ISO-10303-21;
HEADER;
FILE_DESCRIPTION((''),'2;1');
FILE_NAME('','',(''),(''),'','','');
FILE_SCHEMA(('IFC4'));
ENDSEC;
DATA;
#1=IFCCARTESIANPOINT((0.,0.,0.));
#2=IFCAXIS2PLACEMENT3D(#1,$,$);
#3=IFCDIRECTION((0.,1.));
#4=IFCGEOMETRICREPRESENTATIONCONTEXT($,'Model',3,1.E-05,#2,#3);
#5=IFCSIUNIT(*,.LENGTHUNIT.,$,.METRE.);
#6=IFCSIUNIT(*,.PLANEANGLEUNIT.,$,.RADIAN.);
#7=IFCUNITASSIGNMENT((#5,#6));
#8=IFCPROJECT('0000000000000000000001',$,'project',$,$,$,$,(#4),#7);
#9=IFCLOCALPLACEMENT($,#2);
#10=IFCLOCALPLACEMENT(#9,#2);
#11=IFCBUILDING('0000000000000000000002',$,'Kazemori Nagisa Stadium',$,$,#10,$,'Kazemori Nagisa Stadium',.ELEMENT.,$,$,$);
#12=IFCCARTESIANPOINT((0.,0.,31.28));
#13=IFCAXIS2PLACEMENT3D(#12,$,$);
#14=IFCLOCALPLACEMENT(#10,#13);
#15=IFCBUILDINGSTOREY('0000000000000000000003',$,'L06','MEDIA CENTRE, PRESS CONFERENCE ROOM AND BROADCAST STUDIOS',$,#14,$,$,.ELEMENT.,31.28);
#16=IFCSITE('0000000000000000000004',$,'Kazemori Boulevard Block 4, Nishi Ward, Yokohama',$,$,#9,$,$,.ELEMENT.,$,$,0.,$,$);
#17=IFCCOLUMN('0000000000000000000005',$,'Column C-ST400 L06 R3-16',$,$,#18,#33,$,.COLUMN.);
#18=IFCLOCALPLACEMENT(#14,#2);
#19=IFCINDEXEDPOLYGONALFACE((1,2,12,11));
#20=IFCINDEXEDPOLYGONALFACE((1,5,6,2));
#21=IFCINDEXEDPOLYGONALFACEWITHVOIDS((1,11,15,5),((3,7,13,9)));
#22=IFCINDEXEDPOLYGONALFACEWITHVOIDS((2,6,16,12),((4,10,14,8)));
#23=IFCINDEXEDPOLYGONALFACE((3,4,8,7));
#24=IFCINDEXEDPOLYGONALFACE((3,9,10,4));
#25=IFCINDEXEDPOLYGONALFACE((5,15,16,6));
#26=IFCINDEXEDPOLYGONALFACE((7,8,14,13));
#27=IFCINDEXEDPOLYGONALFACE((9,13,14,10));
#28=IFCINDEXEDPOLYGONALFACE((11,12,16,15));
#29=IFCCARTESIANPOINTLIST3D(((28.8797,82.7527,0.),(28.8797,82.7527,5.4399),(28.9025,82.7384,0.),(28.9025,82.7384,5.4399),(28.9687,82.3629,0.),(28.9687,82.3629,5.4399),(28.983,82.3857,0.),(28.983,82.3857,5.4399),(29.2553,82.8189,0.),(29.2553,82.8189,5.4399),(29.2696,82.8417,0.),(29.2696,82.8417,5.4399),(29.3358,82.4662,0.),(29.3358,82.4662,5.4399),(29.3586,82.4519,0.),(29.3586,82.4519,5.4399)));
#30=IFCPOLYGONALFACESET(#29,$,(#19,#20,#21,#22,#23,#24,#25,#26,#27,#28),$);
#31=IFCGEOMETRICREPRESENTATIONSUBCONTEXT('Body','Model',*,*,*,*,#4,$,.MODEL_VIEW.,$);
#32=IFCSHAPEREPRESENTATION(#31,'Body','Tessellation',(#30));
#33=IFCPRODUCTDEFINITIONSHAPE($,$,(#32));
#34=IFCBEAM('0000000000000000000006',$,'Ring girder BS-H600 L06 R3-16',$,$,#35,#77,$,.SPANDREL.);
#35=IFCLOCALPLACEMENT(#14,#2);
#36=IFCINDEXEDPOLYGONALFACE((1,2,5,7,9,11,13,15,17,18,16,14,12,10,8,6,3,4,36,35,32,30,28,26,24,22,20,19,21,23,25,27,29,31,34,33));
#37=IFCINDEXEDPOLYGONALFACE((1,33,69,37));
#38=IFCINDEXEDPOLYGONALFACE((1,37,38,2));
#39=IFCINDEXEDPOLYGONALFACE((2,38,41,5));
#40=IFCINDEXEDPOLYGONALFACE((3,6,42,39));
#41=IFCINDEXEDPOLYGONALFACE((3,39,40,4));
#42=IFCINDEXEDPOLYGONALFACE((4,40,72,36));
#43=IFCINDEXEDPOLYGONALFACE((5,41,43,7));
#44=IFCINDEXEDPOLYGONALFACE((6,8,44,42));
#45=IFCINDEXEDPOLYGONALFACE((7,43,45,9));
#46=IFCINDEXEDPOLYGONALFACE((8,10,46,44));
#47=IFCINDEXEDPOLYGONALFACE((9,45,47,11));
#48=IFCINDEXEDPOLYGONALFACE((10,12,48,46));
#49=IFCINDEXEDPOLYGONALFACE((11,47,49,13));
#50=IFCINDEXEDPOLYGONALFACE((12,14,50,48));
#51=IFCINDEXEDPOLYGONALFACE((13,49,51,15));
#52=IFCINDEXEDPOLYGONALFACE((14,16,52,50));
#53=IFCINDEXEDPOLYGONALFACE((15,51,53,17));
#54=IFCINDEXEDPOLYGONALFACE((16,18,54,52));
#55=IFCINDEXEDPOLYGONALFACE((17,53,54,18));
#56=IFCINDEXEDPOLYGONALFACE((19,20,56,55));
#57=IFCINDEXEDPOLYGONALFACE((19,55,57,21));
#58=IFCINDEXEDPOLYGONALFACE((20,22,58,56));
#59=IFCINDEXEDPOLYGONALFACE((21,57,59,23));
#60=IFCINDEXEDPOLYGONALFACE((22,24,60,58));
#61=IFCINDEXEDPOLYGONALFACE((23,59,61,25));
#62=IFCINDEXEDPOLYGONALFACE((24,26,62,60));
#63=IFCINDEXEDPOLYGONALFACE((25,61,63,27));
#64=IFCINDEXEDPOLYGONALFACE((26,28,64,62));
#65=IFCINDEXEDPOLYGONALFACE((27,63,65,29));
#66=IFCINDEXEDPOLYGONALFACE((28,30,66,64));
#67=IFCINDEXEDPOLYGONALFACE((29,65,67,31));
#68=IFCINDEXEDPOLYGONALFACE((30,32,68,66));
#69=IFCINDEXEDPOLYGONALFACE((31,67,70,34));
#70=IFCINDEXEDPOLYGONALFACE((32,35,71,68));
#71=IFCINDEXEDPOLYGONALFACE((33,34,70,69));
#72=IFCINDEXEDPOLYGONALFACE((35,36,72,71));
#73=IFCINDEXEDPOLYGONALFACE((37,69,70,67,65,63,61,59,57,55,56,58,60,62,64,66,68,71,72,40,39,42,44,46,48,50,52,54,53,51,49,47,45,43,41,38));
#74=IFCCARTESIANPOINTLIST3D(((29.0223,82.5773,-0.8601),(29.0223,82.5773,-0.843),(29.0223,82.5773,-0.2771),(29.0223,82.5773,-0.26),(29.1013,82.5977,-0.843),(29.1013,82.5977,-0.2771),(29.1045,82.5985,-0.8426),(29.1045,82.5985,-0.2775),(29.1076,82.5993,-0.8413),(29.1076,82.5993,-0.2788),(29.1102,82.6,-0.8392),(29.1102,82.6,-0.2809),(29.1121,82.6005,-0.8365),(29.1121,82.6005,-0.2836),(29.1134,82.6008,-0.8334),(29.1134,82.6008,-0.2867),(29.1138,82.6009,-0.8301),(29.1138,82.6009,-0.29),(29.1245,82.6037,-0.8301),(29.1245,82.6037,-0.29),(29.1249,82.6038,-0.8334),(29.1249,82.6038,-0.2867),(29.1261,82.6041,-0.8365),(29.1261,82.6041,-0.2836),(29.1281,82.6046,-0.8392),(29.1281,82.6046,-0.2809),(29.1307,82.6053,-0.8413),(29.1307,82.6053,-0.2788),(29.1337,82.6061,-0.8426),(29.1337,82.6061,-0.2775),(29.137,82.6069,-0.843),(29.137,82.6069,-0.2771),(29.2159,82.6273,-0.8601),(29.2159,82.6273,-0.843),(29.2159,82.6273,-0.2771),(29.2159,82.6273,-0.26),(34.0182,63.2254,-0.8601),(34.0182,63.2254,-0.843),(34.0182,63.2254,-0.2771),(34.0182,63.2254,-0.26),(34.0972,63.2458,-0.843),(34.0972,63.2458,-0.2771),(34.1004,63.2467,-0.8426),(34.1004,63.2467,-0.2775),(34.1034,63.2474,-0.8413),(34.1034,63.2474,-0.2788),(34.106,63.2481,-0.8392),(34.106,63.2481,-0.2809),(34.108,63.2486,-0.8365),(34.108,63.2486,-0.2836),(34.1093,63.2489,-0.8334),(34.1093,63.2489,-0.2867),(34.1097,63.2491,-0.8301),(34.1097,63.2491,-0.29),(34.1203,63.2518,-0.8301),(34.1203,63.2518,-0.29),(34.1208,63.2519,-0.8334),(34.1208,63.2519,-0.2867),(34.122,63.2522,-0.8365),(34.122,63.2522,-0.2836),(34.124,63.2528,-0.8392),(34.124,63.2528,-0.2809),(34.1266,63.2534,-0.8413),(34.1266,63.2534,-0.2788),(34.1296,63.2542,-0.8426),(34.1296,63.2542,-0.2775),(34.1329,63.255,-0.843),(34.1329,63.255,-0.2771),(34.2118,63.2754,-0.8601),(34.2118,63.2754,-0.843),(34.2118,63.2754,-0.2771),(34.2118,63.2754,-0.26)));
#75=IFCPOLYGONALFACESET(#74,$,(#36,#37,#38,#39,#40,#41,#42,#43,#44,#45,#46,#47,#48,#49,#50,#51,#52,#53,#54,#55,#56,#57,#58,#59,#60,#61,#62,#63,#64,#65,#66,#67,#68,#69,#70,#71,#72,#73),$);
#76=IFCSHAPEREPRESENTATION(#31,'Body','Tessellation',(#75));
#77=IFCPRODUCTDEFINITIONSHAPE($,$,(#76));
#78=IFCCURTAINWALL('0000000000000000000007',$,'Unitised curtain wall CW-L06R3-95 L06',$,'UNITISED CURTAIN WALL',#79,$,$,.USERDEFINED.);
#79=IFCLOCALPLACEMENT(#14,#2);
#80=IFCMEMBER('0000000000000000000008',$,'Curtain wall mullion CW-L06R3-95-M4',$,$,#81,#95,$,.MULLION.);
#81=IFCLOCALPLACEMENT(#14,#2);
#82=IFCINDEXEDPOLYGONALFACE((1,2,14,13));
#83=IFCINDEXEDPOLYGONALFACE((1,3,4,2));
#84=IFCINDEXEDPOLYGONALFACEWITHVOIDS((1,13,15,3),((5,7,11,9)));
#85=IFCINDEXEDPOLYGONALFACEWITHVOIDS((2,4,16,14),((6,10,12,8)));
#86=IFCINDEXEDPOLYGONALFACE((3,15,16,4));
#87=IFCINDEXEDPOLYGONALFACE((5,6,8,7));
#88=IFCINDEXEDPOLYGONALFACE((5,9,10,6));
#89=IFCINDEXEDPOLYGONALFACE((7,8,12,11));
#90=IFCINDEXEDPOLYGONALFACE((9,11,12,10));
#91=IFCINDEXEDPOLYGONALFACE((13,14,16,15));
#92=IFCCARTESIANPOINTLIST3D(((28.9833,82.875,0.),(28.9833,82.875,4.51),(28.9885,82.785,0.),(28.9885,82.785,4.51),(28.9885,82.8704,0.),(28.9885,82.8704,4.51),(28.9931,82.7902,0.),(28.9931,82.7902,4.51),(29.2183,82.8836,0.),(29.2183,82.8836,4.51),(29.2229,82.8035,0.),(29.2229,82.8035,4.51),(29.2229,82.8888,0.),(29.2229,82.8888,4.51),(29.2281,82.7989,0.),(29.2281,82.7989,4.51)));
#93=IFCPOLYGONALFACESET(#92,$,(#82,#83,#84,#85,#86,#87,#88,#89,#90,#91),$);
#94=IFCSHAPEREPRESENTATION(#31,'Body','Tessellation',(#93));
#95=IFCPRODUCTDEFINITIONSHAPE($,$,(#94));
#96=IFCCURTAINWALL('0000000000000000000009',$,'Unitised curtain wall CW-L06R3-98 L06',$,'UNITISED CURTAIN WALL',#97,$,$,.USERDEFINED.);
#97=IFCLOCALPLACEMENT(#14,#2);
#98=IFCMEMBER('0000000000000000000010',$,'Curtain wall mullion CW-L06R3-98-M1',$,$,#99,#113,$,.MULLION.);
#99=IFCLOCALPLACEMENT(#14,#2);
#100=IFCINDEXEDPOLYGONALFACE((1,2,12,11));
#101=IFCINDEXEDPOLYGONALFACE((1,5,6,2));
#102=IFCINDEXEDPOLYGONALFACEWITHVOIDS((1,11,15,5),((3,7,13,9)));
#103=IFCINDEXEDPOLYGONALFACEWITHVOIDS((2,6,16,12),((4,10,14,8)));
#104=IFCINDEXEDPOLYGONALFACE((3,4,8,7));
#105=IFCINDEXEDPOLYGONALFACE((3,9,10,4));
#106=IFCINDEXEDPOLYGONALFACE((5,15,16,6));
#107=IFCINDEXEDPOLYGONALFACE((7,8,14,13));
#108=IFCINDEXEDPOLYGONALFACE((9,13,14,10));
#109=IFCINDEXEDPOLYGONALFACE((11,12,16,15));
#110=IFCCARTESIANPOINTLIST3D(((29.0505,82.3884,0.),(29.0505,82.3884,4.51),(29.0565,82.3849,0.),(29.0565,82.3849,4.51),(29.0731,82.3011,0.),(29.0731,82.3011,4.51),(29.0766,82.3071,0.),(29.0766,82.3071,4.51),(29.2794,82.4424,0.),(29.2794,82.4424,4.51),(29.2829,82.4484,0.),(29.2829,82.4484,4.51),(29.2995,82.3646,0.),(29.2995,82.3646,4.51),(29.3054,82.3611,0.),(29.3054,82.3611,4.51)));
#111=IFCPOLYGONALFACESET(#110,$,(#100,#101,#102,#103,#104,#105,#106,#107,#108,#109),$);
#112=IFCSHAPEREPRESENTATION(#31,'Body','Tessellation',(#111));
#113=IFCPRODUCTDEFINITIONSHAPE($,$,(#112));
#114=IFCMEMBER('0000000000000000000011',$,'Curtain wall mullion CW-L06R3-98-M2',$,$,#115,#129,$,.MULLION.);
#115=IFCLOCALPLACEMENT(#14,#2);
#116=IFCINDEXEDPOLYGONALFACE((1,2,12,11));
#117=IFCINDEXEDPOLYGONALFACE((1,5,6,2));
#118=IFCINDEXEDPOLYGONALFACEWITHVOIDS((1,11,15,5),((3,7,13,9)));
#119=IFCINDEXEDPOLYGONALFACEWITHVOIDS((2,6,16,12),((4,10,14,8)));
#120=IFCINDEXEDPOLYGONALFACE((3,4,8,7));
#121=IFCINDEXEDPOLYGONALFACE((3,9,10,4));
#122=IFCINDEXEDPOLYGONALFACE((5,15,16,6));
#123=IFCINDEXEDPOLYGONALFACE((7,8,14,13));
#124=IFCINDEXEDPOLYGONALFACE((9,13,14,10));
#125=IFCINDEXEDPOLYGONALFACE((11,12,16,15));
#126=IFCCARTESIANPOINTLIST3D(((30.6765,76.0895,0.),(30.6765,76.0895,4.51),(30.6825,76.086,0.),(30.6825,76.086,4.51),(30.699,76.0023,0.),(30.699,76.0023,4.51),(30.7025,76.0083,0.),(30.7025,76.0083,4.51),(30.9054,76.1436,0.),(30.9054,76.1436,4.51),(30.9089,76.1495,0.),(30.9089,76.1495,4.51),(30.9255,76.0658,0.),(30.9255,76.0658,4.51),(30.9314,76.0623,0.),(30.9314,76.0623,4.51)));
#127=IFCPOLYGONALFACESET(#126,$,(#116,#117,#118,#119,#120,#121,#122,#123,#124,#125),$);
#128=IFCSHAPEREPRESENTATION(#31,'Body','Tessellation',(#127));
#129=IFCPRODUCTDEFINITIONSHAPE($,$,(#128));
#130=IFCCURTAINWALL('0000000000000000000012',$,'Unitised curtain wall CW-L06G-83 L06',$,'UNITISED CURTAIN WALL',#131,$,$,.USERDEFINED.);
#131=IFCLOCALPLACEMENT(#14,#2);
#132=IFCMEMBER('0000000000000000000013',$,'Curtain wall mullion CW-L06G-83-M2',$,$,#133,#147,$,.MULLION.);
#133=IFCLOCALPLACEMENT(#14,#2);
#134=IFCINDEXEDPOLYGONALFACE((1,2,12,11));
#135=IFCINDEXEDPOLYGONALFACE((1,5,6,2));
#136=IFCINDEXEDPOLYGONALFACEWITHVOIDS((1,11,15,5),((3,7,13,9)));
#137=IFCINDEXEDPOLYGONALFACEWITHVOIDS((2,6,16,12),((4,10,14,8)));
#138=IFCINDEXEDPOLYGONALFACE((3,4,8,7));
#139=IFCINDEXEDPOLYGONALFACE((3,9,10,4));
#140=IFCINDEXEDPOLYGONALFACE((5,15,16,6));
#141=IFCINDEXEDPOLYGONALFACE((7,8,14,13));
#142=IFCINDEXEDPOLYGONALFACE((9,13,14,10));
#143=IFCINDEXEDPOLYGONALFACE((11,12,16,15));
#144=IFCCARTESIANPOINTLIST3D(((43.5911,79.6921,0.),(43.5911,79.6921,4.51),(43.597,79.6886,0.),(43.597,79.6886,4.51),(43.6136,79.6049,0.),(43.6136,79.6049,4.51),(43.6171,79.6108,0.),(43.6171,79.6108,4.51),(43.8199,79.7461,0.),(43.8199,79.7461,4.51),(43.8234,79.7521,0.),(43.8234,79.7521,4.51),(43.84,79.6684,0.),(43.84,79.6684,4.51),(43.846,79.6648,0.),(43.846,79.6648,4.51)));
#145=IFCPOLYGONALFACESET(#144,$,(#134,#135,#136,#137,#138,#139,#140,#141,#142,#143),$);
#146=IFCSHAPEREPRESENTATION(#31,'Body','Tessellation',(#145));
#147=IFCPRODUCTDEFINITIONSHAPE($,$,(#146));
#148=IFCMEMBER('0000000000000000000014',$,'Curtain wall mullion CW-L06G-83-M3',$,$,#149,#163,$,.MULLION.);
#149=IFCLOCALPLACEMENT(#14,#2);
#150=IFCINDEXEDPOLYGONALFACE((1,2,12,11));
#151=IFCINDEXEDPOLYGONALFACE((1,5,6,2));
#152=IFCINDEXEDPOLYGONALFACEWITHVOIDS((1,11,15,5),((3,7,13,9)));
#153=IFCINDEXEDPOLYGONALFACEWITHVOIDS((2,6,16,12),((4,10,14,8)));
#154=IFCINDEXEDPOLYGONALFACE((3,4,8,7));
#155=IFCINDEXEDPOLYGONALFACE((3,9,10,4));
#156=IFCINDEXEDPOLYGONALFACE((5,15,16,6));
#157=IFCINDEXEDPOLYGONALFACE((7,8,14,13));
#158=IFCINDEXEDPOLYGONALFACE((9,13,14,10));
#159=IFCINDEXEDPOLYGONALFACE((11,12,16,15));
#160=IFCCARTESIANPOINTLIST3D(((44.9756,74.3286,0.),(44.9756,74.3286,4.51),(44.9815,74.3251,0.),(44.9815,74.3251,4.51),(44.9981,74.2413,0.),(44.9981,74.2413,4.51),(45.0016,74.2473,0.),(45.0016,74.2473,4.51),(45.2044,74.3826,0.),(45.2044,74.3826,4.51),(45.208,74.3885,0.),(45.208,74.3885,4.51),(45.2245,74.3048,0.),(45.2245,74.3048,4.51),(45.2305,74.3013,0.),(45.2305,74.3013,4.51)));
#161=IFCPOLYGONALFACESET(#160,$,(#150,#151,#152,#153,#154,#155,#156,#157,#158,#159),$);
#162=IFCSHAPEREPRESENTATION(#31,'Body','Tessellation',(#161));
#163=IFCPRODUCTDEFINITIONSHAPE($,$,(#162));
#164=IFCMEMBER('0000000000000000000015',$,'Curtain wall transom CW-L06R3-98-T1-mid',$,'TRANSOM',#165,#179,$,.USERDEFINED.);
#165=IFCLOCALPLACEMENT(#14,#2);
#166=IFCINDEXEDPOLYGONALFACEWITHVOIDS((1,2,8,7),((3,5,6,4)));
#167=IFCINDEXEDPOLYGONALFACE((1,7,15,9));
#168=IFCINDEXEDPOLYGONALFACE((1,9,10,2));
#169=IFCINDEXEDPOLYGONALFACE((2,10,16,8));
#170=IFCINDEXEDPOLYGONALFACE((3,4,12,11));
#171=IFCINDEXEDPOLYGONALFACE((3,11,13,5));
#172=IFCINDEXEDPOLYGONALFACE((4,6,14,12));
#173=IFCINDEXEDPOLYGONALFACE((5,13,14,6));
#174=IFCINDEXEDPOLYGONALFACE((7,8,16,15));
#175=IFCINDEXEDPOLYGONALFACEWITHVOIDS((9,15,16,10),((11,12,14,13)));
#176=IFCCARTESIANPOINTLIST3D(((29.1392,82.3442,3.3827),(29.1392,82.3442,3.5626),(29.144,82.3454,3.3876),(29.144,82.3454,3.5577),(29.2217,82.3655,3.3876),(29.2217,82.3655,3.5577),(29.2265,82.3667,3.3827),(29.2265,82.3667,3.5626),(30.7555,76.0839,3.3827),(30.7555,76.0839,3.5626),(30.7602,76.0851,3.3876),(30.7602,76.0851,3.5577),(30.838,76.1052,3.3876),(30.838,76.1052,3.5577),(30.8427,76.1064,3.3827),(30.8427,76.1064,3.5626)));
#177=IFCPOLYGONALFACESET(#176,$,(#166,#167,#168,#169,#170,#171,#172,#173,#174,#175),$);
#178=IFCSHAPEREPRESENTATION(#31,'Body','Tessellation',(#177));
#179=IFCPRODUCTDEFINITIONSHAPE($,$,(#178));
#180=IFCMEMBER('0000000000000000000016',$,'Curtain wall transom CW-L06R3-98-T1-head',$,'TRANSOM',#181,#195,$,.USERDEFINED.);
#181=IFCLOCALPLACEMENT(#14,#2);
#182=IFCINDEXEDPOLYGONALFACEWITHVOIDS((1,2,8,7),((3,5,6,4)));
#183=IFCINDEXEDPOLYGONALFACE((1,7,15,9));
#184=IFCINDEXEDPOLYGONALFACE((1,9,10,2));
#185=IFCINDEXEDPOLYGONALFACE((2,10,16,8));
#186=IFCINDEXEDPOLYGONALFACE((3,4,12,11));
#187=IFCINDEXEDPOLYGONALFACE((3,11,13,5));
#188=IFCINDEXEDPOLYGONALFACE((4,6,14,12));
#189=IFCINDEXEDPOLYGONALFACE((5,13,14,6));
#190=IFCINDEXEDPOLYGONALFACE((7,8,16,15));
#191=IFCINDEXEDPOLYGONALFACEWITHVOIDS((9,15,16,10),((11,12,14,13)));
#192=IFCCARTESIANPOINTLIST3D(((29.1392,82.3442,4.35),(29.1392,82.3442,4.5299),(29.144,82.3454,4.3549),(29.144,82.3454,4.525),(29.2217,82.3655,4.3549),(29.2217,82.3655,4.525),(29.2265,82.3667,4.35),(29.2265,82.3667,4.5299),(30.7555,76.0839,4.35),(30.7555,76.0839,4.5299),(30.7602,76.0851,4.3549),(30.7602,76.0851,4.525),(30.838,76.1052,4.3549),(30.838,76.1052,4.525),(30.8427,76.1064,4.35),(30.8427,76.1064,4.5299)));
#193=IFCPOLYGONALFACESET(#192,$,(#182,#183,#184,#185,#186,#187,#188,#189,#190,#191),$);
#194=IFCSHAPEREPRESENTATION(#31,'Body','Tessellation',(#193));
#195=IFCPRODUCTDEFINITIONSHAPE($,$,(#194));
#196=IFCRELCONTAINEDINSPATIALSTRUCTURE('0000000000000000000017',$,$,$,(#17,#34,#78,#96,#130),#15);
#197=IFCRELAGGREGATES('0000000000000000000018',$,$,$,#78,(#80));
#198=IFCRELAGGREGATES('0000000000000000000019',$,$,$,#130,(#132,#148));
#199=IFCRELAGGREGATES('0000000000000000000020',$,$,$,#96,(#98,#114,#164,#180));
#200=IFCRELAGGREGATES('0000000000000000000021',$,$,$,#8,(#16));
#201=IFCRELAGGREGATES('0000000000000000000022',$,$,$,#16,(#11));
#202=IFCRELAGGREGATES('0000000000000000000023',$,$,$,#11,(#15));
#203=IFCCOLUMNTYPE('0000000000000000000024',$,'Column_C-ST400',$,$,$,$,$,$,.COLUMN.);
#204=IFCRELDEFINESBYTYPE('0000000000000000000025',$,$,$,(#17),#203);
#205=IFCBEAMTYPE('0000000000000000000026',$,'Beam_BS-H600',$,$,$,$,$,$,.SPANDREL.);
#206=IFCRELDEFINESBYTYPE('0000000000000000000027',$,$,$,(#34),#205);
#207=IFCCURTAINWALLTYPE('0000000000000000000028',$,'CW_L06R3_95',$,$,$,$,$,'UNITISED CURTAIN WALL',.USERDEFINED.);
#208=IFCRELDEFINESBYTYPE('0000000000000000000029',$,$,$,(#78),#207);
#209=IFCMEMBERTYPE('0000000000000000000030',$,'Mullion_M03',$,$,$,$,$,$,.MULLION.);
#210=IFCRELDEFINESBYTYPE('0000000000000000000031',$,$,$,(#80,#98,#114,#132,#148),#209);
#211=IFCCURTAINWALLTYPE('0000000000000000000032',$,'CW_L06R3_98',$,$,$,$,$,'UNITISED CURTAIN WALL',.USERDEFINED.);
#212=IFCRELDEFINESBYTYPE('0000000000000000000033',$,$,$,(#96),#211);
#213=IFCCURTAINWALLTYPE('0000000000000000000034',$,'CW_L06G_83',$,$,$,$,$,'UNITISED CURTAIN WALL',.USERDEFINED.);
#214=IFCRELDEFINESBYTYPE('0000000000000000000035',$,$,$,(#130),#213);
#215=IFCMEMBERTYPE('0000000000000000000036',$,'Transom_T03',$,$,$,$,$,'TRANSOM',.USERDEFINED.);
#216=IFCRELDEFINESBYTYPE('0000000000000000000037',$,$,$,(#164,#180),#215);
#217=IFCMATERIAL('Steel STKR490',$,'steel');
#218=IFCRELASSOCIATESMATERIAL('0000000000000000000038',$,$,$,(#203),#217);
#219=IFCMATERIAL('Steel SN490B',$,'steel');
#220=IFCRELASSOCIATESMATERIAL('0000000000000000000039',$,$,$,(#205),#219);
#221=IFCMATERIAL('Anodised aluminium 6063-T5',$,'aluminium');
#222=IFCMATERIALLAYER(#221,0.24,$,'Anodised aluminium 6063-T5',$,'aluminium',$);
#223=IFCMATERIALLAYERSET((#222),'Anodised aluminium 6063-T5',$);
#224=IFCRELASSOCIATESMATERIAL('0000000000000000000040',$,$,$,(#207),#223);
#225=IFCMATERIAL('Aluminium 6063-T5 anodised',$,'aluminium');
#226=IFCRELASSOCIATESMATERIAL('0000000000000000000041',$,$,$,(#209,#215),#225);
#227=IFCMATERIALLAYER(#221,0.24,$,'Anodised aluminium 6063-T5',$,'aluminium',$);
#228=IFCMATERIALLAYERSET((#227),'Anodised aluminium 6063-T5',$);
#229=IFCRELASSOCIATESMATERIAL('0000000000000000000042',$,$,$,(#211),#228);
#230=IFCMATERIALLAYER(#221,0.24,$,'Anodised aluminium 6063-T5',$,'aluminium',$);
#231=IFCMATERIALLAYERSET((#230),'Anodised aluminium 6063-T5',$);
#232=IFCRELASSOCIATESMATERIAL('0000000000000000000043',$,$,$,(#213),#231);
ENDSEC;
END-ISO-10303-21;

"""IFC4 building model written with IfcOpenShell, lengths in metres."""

from ifc_helpers import new_model, si_unit, direction, frame, origin, origin_2d, place, context, subcontext, project, spatial, hollow_rectangle, i_section, extrude, material, layer, layer_set, material_profile, profile_set, type_object, element, aggregate, save


model = new_model("IFC4")

# Units and contexts
model_context = context("Model", 3, precision=1e-05, world=origin(), true_north=direction((0.0, 1.0)))
body_context = subcontext(model_context, "Body", "Model", "MODEL_VIEW")
ifc_project = project(units=[si_unit("LENGTHUNIT", "METRE"), si_unit("PLANEANGLEUNIT", "RADIAN")], contexts=[model_context])

# Site, building, storey
site_placement = place(None, origin())
site = spatial("IfcSite", under=ifc_project, at=site_placement, Name="Kazemori Boulevard Block 4, Nishi Ward, Yokohama", CompositionType="ELEMENT", RefElevation=0.0)
building_placement = place(site_placement, origin())
building = spatial("IfcBuilding", under=site, at=building_placement, Name="Kazemori Nagisa Stadium", LongName="Kazemori Nagisa Stadium", CompositionType="ELEMENT")
storey_placement = place(building_placement, frame((0.0, 0.0, 31.28)))
storey = spatial("IfcBuildingStorey", under=building, at=storey_placement, Name="L06", Description="MEDIA CENTRE, PRESS CONFERENCE ROOM AND BROADCAST STUDIOS", CompositionType="ELEMENT", Elevation=31.28)

# Column
ifc_material_1 = material(Name="Steel STKR490", Category="steel")
ifc_material_profile_1 = material_profile(ifc_material_1, hollow_rectangle(XDim=0.3999, YDim=0.3999, WallThickness=0.019, at=origin_2d()), Name="SHS-400x400x19")
ifc_profile_set_1 = profile_set([ifc_material_profile_1], Name="Steel STKR490")
column_type = type_object("IfcColumnType", Name="Column_C-ST400", PredefinedType="COLUMN", material=ifc_profile_set_1)
column_placement = place(storey_placement, frame((29.1191, 82.6023, 0.0), z_axis=(0.0, 0.0, 1.0), x_axis=(-0.974928, -0.222521, 0.0)))
element("IfcColumn", 1, at=column_placement, inside=storey, type_object=column_type, Name="Column C-ST400 L06 R3-16", PredefinedType="COLUMN", context=body_context, shape_type="SweptSolid", body=[
    extrude(hollow_rectangle(XDim=0.3999, YDim=0.3999, WallThickness=0.019, at=origin_2d()), origin(), (0.0, 0.0, 1.0), 5.4399),
])

# Beam
ifc_material_2 = material(Name="Steel SN490B", Category="steel")
ifc_material_profile_2 = material_profile(ifc_material_2, i_section(OverallWidth=0.2, OverallDepth=0.6001, WebThickness=0.011, FlangeThickness=0.0171, FilletRadius=0.0129, at=origin_2d()), Name="H-600x200x11x17")
ifc_profile_set_2 = profile_set([ifc_material_profile_2], Name="Steel SN490B")
beam_type = type_object("IfcBeamType", Name="Beam_BS-H600", PredefinedType="SPANDREL", material=ifc_profile_set_2)
beam_placement = place(storey_placement, frame((29.1191, 82.6023, -0.5601), z_axis=(0.249964, -0.968255, 0.0), x_axis=(0.968255, 0.249964, 0.0)))
element("IfcBeam", 2, at=beam_placement, inside=storey, type_object=beam_type, Name="Ring girder BS-H600 L06 R3-16", PredefinedType="SPANDREL", context=body_context, shape_type="SweptSolid", body=[
    extrude(i_section(OverallWidth=0.2, OverallDepth=0.6001, WebThickness=0.011, FlangeThickness=0.0171, FilletRadius=0.0129, at=origin_2d()), origin(), (0.0, 0.0, 1.0), 19.9863),
])

# Curtain wall, member
ifc_material_3 = material(Name="Anodised aluminium 6063-T5", Category="aluminium")
ifc_layer_1 = layer(ifc_material_3, 0.24, Name="Anodised aluminium 6063-T5", Category="aluminium")
ifc_layer_set_1 = layer_set([ifc_layer_1], Name="Anodised aluminium 6063-T5")
curtain_wall_type_1 = type_object("IfcCurtainWallType", Name="CW_L06R3_95", ElementType="UNITISED CURTAIN WALL", PredefinedType="USERDEFINED", material=ifc_layer_set_1)
curtain_wall_1_placement = place(storey_placement, origin())
curtain_wall_1 = element("IfcCurtainWall", 3, at=curtain_wall_1_placement, inside=storey, type_object=curtain_wall_type_1, Name="Unitised curtain wall CW-L06R3-95 L06", ObjectType="UNITISED CURTAIN WALL", PredefinedType="USERDEFINED")
ifc_material_4 = material(Name="Aluminium 6063-T5 anodised", Category="aluminium")
ifc_material_profile_3 = material_profile(ifc_material_4, hollow_rectangle(XDim=0.0901, YDim=0.24, WallThickness=0.0049, at=origin_2d()), Name="ALU-MULL-90x240x5")
ifc_profile_set_3 = profile_set([ifc_material_profile_3], Name="Aluminium 6063-T5 anodised")
member_type_1 = type_object("IfcMemberType", Name="Mullion_M03", PredefinedType="MULLION", material=ifc_profile_set_3)
member_1_placement = place(storey_placement, frame((29.1057, 82.8369, 0.0), z_axis=(0.0, 0.0, 1.0), x_axis=(0.057602, -0.99834, 0.0)))
member_1 = element("IfcMember", 4, at=member_1_placement, type_object=member_type_1, Name="Curtain wall mullion CW-L06R3-95-M4", PredefinedType="MULLION", context=body_context, shape_type="SweptSolid", body=[
    extrude(hollow_rectangle(XDim=0.0901, YDim=0.24, WallThickness=0.0049, at=origin_2d()), origin(), (0.0, 0.0, 1.0), 4.51),
])
aggregate(curtain_wall_1, [member_1])

# Curtain walls, members
ifc_layer_2 = layer(ifc_material_3, 0.24, Name="Anodised aluminium 6063-T5", Category="aluminium")
ifc_layer_set_2 = layer_set([ifc_layer_2], Name="Anodised aluminium 6063-T5")
curtain_wall_type_2 = type_object("IfcCurtainWallType", Name="CW_L06R3_98", ElementType="UNITISED CURTAIN WALL", PredefinedType="USERDEFINED", material=ifc_layer_set_2)
curtain_wall_2_placement = place(storey_placement, origin())
curtain_wall_2 = element("IfcCurtainWall", 5, at=curtain_wall_2_placement, inside=storey, type_object=curtain_wall_type_2, Name="Unitised curtain wall CW-L06R3-98 L06", ObjectType="UNITISED CURTAIN WALL", PredefinedType="USERDEFINED")
member_2_placement = place(storey_placement, frame((29.178, 82.3748, 0.0), z_axis=(0.0, 0.0, 1.0), x_axis=(0.249965, -0.968255, 0.0)))
member_2 = element("IfcMember", 6, at=member_2_placement, type_object=member_type_1, Name="Curtain wall mullion CW-L06R3-98-M1", PredefinedType="MULLION", context=body_context, shape_type="SweptSolid", body=[
    extrude(hollow_rectangle(XDim=0.0901, YDim=0.24, WallThickness=0.0049, at=origin_2d()), origin(), (0.0, 0.0, 1.0), 4.51),
])
member_3_placement = place(storey_placement, frame((30.804, 76.0759, 0.0), z_axis=(0.0, 0.0, 1.0), x_axis=(0.249965, -0.968255, 0.0)))
member_3 = element("IfcMember", 7, at=member_3_placement, type_object=member_type_1, Name="Curtain wall mullion CW-L06R3-98-M2", PredefinedType="MULLION", context=body_context, shape_type="SweptSolid", body=[
    extrude(hollow_rectangle(XDim=0.0901, YDim=0.24, WallThickness=0.0049, at=origin_2d()), origin(), (0.0, 0.0, 1.0), 4.51),
])
ifc_layer_3 = layer(ifc_material_3, 0.24, Name="Anodised aluminium 6063-T5", Category="aluminium")
ifc_layer_set_3 = layer_set([ifc_layer_3], Name="Anodised aluminium 6063-T5")
curtain_wall_type_3 = type_object("IfcCurtainWallType", Name="CW_L06G_83", ElementType="UNITISED CURTAIN WALL", PredefinedType="USERDEFINED", material=ifc_layer_set_3)
curtain_wall_3_placement = place(storey_placement, origin())
curtain_wall_3 = element("IfcCurtainWall", 8, at=curtain_wall_3_placement, inside=storey, type_object=curtain_wall_type_3, Name="Unitised curtain wall CW-L06G-83 L06", ObjectType="UNITISED CURTAIN WALL", PredefinedType="USERDEFINED")
member_4_placement = place(storey_placement, frame((43.7185, 79.6785, 0.0), z_axis=(0.0, 0.0, 1.0), x_axis=(0.249965, -0.968255, 0.0)))
member_4 = element("IfcMember", 9, at=member_4_placement, type_object=member_type_1, Name="Curtain wall mullion CW-L06G-83-M2", PredefinedType="MULLION", context=body_context, shape_type="SweptSolid", body=[
    extrude(hollow_rectangle(XDim=0.0901, YDim=0.24, WallThickness=0.0049, at=origin_2d()), origin(), (0.0, 0.0, 1.0), 4.51),
])
member_5_placement = place(storey_placement, frame((45.103, 74.3149, 0.0), z_axis=(0.0, 0.0, 1.0), x_axis=(0.249965, -0.968255, 0.0)))
member_5 = element("IfcMember", 10, at=member_5_placement, type_object=member_type_1, Name="Curtain wall mullion CW-L06G-83-M3", PredefinedType="MULLION", context=body_context, shape_type="SweptSolid", body=[
    extrude(hollow_rectangle(XDim=0.0901, YDim=0.24, WallThickness=0.0049, at=origin_2d()), origin(), (0.0, 0.0, 1.0), 4.51),
])

# Members
ifc_material_profile_4 = material_profile(ifc_material_4, hollow_rectangle(XDim=0.0901, YDim=0.1799, WallThickness=0.0049, at=origin_2d()), Name="ALU-TRAN-90x180x5")
ifc_profile_set_4 = profile_set([ifc_material_profile_4], Name="Aluminium 6063-T5 anodised")
member_type_2 = type_object("IfcMemberType", Name="Transom_T03", ElementType="TRANSOM", PredefinedType="USERDEFINED", material=ifc_profile_set_4)
member_6_placement = place(storey_placement, frame((29.1829, 82.3555, 3.4727), z_axis=(0.249974, -0.968253, 0.0), x_axis=(0.968253, 0.249974, 0.0)))
member_6 = element("IfcMember", 11, at=member_6_placement, type_object=member_type_2, Name="Curtain wall transom CW-L06R3-98-T1-mid", ObjectType="TRANSOM", PredefinedType="USERDEFINED", context=body_context, shape_type="SweptSolid", body=[
    extrude(hollow_rectangle(XDim=0.0901, YDim=0.1799, WallThickness=0.0049, at=origin_2d()), origin(), (0.0, 0.0, 1.0), 6.4656),
])
member_7_placement = place(storey_placement, frame((29.1829, 82.3555, 4.4399), z_axis=(0.249974, -0.968253, 0.0), x_axis=(0.968253, 0.249974, 0.0)))
member_7 = element("IfcMember", 12, at=member_7_placement, type_object=member_type_2, Name="Curtain wall transom CW-L06R3-98-T1-head", ObjectType="TRANSOM", PredefinedType="USERDEFINED", context=body_context, shape_type="SweptSolid", body=[
    extrude(hollow_rectangle(XDim=0.0901, YDim=0.1799, WallThickness=0.0049, at=origin_2d()), origin(), (0.0, 0.0, 1.0), 6.4656),
])

aggregate(curtain_wall_3, [member_4, member_5])
aggregate(curtain_wall_2, [member_2, member_3, member_6, member_7])

save(model, "model.ifc")
